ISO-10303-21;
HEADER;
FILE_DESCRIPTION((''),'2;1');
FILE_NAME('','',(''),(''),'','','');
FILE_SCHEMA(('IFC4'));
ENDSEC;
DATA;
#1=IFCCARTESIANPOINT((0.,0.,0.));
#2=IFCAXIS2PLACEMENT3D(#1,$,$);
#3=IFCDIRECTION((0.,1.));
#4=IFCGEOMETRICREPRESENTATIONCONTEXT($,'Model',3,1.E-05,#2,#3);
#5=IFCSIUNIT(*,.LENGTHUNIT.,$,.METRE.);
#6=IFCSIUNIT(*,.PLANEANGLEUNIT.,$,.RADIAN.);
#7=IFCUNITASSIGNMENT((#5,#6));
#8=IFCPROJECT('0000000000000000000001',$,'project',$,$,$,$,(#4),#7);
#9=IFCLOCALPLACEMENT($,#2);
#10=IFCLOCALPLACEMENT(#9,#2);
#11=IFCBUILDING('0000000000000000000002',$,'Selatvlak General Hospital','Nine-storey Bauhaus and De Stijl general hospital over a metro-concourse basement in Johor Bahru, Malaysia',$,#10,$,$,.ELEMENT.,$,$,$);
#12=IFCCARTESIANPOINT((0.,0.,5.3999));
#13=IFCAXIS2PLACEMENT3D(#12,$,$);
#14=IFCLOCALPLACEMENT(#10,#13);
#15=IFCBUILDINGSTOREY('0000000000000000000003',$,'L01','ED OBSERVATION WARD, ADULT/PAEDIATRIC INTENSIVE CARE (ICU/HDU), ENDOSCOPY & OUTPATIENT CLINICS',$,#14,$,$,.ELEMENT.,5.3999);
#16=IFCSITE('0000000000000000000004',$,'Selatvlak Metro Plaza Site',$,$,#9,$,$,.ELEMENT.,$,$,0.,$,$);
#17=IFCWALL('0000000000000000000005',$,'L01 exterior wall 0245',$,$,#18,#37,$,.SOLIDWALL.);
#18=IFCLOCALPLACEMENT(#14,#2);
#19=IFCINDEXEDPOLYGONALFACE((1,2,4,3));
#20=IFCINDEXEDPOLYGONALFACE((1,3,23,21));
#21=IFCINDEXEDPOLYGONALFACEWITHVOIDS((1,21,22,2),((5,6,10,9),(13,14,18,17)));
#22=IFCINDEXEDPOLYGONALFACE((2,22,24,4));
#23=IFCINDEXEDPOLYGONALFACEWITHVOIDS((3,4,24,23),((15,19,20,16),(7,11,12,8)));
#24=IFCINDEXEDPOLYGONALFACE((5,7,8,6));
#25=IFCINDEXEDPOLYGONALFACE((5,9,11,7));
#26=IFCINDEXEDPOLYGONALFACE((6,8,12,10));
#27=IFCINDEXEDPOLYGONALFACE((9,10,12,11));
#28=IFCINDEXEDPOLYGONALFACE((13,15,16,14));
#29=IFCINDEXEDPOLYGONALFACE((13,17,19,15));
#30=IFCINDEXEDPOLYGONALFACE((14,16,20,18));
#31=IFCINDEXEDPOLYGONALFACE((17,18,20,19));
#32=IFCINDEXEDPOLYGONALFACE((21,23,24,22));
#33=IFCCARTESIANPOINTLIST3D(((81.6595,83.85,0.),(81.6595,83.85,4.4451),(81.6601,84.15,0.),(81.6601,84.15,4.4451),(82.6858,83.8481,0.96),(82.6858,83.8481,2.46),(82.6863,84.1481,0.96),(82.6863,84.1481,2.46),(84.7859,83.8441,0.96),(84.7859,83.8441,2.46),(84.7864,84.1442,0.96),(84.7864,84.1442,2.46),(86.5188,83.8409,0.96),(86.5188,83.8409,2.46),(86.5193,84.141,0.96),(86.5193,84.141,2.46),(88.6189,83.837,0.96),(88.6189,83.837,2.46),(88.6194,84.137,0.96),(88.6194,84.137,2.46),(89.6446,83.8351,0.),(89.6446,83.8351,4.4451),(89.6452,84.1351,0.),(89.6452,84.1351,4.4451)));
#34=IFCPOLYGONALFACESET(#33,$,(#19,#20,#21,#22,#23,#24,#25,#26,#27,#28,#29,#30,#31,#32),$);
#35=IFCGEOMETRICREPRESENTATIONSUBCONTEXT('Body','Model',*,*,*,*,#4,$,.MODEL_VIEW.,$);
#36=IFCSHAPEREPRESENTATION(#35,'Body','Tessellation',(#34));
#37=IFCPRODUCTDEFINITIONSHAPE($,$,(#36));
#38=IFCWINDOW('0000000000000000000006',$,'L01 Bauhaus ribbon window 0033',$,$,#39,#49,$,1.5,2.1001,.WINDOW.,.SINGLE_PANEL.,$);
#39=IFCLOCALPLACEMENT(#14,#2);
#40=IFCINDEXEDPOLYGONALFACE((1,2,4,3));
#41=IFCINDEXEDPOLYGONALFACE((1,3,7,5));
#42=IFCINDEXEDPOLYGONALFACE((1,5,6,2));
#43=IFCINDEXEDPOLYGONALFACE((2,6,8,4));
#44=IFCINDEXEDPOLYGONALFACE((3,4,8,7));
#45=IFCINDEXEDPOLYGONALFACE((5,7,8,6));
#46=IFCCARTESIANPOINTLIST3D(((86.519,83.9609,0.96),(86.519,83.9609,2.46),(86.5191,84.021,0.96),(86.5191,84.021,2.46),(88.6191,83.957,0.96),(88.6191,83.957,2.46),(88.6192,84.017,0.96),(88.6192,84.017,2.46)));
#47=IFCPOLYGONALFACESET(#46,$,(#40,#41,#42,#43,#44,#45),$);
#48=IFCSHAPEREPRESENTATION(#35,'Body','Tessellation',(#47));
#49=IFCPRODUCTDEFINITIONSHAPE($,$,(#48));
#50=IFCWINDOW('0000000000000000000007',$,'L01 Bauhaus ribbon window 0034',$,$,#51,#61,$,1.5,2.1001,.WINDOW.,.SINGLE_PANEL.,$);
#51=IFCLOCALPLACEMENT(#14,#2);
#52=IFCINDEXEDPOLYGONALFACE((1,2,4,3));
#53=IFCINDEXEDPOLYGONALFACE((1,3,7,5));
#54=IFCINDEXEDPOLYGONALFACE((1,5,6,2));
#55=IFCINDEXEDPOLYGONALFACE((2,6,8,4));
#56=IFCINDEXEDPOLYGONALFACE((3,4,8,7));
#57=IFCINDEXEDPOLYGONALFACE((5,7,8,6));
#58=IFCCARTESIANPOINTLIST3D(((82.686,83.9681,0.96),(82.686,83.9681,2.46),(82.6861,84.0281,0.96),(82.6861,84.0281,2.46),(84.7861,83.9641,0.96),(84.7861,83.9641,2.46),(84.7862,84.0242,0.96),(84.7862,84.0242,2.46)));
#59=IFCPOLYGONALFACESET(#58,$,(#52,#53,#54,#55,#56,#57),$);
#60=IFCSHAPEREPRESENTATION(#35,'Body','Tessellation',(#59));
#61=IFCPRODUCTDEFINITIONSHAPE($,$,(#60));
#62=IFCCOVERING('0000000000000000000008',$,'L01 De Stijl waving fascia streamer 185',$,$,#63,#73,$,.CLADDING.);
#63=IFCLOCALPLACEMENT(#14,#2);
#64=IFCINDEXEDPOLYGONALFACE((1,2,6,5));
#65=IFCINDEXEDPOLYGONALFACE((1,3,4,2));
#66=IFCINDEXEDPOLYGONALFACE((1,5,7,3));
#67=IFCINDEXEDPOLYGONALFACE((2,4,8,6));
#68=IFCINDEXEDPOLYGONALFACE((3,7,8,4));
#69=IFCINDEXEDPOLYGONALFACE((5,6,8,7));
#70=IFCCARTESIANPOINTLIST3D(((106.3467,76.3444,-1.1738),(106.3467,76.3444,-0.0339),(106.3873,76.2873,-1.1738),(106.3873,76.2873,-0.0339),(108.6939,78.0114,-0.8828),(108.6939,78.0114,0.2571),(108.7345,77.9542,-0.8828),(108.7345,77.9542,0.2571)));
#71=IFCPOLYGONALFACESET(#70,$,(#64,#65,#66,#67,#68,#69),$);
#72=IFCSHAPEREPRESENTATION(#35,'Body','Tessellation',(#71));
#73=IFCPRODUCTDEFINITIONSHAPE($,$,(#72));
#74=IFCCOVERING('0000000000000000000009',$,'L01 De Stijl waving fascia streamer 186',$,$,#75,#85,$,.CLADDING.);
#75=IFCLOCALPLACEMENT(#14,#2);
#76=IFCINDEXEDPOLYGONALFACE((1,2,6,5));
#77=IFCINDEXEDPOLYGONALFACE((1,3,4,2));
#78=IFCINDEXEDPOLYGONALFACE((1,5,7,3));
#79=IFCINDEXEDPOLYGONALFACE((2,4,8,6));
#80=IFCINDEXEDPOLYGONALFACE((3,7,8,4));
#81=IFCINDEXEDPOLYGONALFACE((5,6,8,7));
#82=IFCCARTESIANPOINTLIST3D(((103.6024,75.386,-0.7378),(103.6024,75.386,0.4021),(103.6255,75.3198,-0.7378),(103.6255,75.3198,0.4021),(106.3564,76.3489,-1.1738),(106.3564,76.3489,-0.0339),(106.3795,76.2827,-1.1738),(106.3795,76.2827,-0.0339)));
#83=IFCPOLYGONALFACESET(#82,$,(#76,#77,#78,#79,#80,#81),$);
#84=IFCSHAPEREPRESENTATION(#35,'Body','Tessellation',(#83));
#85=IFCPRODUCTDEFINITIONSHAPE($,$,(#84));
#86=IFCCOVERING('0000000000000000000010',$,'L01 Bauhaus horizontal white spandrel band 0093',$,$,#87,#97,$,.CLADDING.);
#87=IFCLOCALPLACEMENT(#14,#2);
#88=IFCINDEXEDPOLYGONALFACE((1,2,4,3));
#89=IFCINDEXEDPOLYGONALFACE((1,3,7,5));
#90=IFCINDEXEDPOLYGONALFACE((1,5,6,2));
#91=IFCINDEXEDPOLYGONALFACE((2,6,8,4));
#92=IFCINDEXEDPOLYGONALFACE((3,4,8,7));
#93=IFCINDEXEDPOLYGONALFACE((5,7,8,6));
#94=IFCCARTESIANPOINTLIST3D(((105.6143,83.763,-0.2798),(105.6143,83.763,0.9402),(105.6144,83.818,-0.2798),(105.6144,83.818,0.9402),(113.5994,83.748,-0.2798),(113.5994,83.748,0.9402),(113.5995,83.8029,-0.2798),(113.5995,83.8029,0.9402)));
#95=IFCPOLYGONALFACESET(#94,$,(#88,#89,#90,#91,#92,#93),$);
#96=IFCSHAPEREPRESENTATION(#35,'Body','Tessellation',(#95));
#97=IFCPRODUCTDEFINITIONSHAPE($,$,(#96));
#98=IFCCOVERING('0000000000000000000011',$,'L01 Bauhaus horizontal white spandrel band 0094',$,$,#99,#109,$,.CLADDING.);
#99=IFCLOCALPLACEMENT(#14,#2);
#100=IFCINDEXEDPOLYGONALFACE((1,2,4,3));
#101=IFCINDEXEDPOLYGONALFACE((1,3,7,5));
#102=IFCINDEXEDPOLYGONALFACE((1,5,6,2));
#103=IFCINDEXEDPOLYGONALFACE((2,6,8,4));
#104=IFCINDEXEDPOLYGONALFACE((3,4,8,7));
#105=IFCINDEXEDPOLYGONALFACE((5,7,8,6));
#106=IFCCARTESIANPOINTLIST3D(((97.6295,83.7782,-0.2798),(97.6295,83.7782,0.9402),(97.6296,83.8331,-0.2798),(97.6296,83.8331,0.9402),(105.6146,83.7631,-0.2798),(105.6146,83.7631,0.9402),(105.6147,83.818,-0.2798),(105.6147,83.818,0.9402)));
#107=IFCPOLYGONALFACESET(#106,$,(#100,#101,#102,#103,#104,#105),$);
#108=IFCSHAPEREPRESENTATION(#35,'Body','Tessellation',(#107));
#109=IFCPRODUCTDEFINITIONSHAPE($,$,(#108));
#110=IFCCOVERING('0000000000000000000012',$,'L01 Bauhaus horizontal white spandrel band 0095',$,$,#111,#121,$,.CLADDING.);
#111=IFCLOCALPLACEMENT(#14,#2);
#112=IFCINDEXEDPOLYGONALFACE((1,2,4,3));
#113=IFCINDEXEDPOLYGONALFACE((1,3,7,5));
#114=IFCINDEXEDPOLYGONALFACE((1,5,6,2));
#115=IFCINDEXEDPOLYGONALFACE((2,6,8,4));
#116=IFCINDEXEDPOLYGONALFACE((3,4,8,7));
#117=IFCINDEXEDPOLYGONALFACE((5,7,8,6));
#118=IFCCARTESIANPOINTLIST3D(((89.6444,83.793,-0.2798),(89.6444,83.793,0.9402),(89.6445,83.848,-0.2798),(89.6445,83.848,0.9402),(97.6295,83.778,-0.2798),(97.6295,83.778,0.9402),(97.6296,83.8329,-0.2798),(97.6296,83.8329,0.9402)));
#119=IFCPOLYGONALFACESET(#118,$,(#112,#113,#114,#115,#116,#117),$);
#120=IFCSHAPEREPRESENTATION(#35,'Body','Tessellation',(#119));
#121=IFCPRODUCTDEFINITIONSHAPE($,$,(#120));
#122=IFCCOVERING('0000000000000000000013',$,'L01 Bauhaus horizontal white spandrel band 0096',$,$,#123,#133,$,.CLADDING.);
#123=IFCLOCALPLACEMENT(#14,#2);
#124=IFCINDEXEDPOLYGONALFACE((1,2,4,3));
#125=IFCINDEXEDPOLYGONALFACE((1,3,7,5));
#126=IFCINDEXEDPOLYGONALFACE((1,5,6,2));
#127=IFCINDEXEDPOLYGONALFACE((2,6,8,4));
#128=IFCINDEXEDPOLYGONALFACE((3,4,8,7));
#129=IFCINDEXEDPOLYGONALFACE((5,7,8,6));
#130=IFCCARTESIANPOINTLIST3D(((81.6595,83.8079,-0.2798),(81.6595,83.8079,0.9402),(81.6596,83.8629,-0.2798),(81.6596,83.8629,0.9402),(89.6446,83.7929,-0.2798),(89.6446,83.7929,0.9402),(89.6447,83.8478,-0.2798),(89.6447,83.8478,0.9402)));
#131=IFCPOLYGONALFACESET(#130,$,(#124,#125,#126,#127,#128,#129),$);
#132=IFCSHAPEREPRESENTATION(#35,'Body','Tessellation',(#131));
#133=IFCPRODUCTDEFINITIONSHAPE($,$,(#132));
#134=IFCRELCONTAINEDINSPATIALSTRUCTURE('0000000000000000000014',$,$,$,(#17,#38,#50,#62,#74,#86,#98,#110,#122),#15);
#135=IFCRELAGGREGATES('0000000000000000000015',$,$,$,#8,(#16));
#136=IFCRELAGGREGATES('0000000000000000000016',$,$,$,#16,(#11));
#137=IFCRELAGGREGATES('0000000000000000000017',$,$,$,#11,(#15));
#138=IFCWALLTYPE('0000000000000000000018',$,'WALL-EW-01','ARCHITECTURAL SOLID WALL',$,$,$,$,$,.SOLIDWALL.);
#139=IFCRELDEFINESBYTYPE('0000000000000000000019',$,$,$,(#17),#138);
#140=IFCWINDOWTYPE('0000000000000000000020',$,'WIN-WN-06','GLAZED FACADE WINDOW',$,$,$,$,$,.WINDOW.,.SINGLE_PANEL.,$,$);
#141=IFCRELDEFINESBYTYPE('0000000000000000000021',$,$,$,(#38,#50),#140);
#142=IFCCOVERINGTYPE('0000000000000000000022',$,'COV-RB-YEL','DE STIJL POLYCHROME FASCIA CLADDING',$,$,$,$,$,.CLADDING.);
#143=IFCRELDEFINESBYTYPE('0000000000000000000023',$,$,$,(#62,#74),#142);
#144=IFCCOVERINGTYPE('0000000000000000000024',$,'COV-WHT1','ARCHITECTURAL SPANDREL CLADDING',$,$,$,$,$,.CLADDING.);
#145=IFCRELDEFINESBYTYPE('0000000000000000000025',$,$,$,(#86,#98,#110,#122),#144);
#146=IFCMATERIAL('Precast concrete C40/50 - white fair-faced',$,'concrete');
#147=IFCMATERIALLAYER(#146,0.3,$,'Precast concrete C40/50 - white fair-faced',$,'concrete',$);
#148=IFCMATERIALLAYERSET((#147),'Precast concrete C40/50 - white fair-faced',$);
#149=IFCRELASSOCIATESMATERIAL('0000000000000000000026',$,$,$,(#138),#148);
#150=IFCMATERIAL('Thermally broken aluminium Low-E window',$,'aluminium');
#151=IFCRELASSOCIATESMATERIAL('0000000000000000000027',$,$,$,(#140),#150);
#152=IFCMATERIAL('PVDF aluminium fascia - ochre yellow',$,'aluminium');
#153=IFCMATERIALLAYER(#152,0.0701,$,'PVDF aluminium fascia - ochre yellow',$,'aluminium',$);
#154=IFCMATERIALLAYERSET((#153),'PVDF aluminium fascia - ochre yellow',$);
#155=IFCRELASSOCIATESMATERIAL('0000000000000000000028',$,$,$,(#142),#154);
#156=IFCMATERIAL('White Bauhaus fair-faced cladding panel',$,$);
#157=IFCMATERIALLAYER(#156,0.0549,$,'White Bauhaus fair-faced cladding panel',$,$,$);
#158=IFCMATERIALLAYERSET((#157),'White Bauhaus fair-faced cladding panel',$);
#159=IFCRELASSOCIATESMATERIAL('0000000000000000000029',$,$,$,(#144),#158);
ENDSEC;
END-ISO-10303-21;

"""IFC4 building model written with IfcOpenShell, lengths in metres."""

from ifc_helpers import new_model, si_unit, direction, frame, frame_2d, origin, origin_2d, place, context, subcontext, project, spatial, polyline, rectangle, outline, extrude, material, layer, layer_set, type_object, element, fill, save


model = new_model("IFC4")

# Units and contexts
model_context = context("Model", 3, precision=1e-05, world=origin(), true_north=direction((0.0, 1.0)))
body_context = subcontext(model_context, "Body", "Model", "MODEL_VIEW")
ifc_project = project(units=[si_unit("LENGTHUNIT", "METRE"), si_unit("PLANEANGLEUNIT", "RADIAN")], contexts=[model_context])

# Site, building, storey
site_placement = place(None, origin())
site = spatial("IfcSite", under=ifc_project, at=site_placement, Name="Selatvlak Metro Plaza Site", CompositionType="ELEMENT", RefElevation=0.0)
building_placement = place(site_placement, origin())
building = spatial("IfcBuilding", under=site, at=building_placement, Name="Selatvlak General Hospital", Description="Nine-storey Bauhaus and De Stijl general hospital over a metro-concourse basement in Johor Bahru, Malaysia", CompositionType="ELEMENT")
storey_placement = place(building_placement, frame((0.0, 0.0, 5.3999)))
storey = spatial("IfcBuildingStorey", under=building, at=storey_placement, Name="L01", Description="ED OBSERVATION WARD, ADULT/PAEDIATRIC INTENSIVE CARE (ICU/HDU), ENDOSCOPY & OUTPATIENT CLINICS", CompositionType="ELEMENT", Elevation=5.3999)

# Wall, openings, windows
ifc_material_1 = material(Name="Precast concrete C40/50 - white fair-faced", Category="concrete")
ifc_layer_1 = layer(ifc_material_1, 0.3, Name="Precast concrete C40/50 - white fair-faced", Category="concrete")
ifc_layer_set_1 = layer_set([ifc_layer_1], Name="Precast concrete C40/50 - white fair-faced")
wall_type = type_object("IfcWallType", Name="WALL-EW-01", Description="ARCHITECTURAL SOLID WALL", PredefinedType="SOLIDWALL", material=ifc_layer_set_1)
ifc_material_2 = material(Name="Thermally broken aluminium Low-E window", Category="aluminium")
window_type_1 = type_object("IfcWindowType", Name="WIN-WN-06", Description="GLAZED FACADE WINDOW", PartitioningType="SINGLE_PANEL", PredefinedType="WINDOW", material=ifc_material_2)
wall_1_placement = place(storey_placement, frame((89.645, 83.9851, 0.0), z_axis=(0.0, 0.0, 1.0), x_axis=(-0.999998, 0.001865, 0.0)))
wall_1 = element("IfcWall", 1, at=wall_1_placement, inside=storey, type_object=wall_type, Name="L01 exterior wall 0245", PredefinedType="SOLIDWALL", context=body_context, shape_type="SweptSolid", body=[
    extrude(rectangle(XDim=7.9851, YDim=0.3, at=frame_2d((3.9927, 0.0))), origin(), (0.0, 0.0, 1.0), 4.4451),
])
opening_1_placement = place(wall_1_placement, frame((1.0259, 0.0, 0.96)))
opening_1 = element("IfcOpeningElement", 2, at=opening_1_placement, cuts=wall_1, PredefinedType="OPENING", context=body_context, shape_type="SweptSolid", body=[
    extrude(rectangle(XDim=2.1001, YDim=1.5, at=frame_2d((1.05, 0.75))), frame((0.0, 0.1599, 0.0), z_axis=(0.0, -1.0, 0.0), x_axis=(1.0, 0.0, 0.0)), (0.0, 0.0, 1.0), 0.3201),
])
opening_2_placement = place(wall_1_placement, frame((4.8589, 0.0, 0.96)))
opening_2 = element("IfcOpeningElement", 3, at=opening_2_placement, cuts=wall_1, PredefinedType="OPENING", context=body_context, shape_type="SweptSolid", body=[
    extrude(rectangle(XDim=2.1001, YDim=1.5, at=frame_2d((1.05, 0.75))), frame((0.0, 0.1599, 0.0), z_axis=(0.0, -1.0, 0.0), x_axis=(1.0, 0.0, 0.0)), (0.0, 0.0, 1.0), 0.3201),
])
window_1_placement = place(opening_1_placement, origin())
window_1 = element("IfcWindow", 4, at=window_1_placement, inside=storey, type_object=window_type_1, Name="L01 Bauhaus ribbon window 0033", OverallHeight=1.5, OverallWidth=2.1001, PartitioningType="SINGLE_PANEL", PredefinedType="WINDOW", context=body_context, shape_type="SweptSolid", body=[
    extrude(rectangle(XDim=2.1001, YDim=1.5, at=frame_2d((1.05, 0.75))), frame((0.0, 0.03, 0.0), z_axis=(0.0, -1.0, 0.0), x_axis=(1.0, 0.0, 0.0)), (0.0, 0.0, 1.0), 0.0601),
])
fill(opening_1, window_1)
window_2_placement = place(opening_2_placement, origin())
window_2 = element("IfcWindow", 5, at=window_2_placement, inside=storey, type_object=window_type_1, Name="L01 Bauhaus ribbon window 0034", OverallHeight=1.5, OverallWidth=2.1001, PartitioningType="SINGLE_PANEL", PredefinedType="WINDOW", context=body_context, shape_type="SweptSolid", body=[
    extrude(rectangle(XDim=2.1001, YDim=1.5, at=frame_2d((1.05, 0.75))), frame((0.0, 0.03, 0.0), z_axis=(0.0, -1.0, 0.0), x_axis=(1.0, 0.0, 0.0)), (0.0, 0.0, 1.0), 0.0601),
])
fill(opening_2, window_2)

# Coverings
ifc_material_3 = material(Name="PVDF aluminium fascia - ochre yellow", Category="aluminium")
ifc_layer_2 = layer(ifc_material_3, 0.0701, Name="PVDF aluminium fascia - ochre yellow", Category="aluminium")
ifc_layer_set_2 = layer_set([ifc_layer_2], Name="PVDF aluminium fascia - ochre yellow")
covering_type_1 = type_object("IfcCoveringType", Name="COV-RB-YEL", Description="DE STIJL POLYCHROME FASCIA CLADDING", PredefinedType="CLADDING", material=ifc_layer_set_2)
covering_1_placement = place(storey_placement, frame((108.7141, 77.9829, -0.8828), z_axis=(0.0, 0.0, 1.0), x_axis=(-0.815301, -0.579038, 0.0)))
element("IfcCovering", 6, at=covering_1_placement, inside=storey, type_object=covering_type_1, Name="L01 De Stijl waving fascia streamer 185", PredefinedType="CLADDING", context=body_context, shape_type="SweptSolid", body=[
    extrude(outline(polyline([(0.0, 0.0), (2.8789, -0.291), (2.8789, 0.8489), (0.0, 1.1399), (0.0, 0.0)])), frame((0.0, 0.0352, 0.0), z_axis=(0.0, -1.0, 0.0), x_axis=(1.0, 0.0, 0.0)), (0.0, 0.0, 1.0), 0.0701),
])
covering_2_placement = place(storey_placement, frame((106.3679, 76.3159, -1.1738), z_axis=(0.0, 0.0, 1.0), x_axis=(-0.943963, -0.330052, 0.0)))
element("IfcCovering", 7, at=covering_2_placement, inside=storey, type_object=covering_type_1, Name="L01 De Stijl waving fascia streamer 186", PredefinedType="CLADDING", context=body_context, shape_type="SweptSolid", body=[
    extrude(outline(polyline([(0.0, 0.0), (2.9175, 0.436), (2.9175, 1.5759), (0.0, 1.1399), (0.0, 0.0)])), frame((0.0, 0.0352, 0.0), z_axis=(0.0, -1.0, 0.0), x_axis=(1.0, 0.0, 0.0)), (0.0, 0.0, 1.0), 0.0701),
])
ifc_material_4 = material(Name="White Bauhaus fair-faced cladding panel")
ifc_layer_3 = layer(ifc_material_4, 0.0549, Name="White Bauhaus fair-faced cladding panel")
ifc_layer_set_3 = layer_set([ifc_layer_3], Name="White Bauhaus fair-faced cladding panel")
covering_type_2 = type_object("IfcCoveringType", Name="COV-WHT1", Description="ARCHITECTURAL SPANDREL CLADDING", PredefinedType="CLADDING", material=ifc_layer_set_3)
for number, where, z_axis, x_axis, name in (
    (8, (109.6069, 83.783, -0.2798), (0.0, 0.0, 1.0), (-0.999998, 0.001885, 0.0), "L01 Bauhaus horizontal white spandrel band 0093"),
    (9, (101.6221, 83.7981, -0.2798), (0.0, 0.0, 1.0), (-0.999998, 0.001885, 0.0), "L01 Bauhaus horizontal white spandrel band 0094"),
    (10, (93.637, 83.813, -0.2798), (0.0, 0.0, 1.0), (-0.999998, 0.001885, 0.0), "L01 Bauhaus horizontal white spandrel band 0095"),
    (11, (85.6521, 83.8279, -0.2798), (0.0, 0.0, 1.0), (-0.999998, 0.001885, 0.0), "L01 Bauhaus horizontal white spandrel band 0096"),
):
    element("IfcCovering", number, at=place(storey_placement, frame(where, z_axis=z_axis, x_axis=x_axis)), inside=storey, type_object=covering_type_2, Name=name, PredefinedType="CLADDING", context=body_context, shape_type="SweptSolid", body=[
        extrude(rectangle(XDim=7.9851, YDim=0.0549, at=origin_2d()), origin(), (0.0, 0.0, 1.0), 1.22),
    ])

save(model, "model.ifc")
